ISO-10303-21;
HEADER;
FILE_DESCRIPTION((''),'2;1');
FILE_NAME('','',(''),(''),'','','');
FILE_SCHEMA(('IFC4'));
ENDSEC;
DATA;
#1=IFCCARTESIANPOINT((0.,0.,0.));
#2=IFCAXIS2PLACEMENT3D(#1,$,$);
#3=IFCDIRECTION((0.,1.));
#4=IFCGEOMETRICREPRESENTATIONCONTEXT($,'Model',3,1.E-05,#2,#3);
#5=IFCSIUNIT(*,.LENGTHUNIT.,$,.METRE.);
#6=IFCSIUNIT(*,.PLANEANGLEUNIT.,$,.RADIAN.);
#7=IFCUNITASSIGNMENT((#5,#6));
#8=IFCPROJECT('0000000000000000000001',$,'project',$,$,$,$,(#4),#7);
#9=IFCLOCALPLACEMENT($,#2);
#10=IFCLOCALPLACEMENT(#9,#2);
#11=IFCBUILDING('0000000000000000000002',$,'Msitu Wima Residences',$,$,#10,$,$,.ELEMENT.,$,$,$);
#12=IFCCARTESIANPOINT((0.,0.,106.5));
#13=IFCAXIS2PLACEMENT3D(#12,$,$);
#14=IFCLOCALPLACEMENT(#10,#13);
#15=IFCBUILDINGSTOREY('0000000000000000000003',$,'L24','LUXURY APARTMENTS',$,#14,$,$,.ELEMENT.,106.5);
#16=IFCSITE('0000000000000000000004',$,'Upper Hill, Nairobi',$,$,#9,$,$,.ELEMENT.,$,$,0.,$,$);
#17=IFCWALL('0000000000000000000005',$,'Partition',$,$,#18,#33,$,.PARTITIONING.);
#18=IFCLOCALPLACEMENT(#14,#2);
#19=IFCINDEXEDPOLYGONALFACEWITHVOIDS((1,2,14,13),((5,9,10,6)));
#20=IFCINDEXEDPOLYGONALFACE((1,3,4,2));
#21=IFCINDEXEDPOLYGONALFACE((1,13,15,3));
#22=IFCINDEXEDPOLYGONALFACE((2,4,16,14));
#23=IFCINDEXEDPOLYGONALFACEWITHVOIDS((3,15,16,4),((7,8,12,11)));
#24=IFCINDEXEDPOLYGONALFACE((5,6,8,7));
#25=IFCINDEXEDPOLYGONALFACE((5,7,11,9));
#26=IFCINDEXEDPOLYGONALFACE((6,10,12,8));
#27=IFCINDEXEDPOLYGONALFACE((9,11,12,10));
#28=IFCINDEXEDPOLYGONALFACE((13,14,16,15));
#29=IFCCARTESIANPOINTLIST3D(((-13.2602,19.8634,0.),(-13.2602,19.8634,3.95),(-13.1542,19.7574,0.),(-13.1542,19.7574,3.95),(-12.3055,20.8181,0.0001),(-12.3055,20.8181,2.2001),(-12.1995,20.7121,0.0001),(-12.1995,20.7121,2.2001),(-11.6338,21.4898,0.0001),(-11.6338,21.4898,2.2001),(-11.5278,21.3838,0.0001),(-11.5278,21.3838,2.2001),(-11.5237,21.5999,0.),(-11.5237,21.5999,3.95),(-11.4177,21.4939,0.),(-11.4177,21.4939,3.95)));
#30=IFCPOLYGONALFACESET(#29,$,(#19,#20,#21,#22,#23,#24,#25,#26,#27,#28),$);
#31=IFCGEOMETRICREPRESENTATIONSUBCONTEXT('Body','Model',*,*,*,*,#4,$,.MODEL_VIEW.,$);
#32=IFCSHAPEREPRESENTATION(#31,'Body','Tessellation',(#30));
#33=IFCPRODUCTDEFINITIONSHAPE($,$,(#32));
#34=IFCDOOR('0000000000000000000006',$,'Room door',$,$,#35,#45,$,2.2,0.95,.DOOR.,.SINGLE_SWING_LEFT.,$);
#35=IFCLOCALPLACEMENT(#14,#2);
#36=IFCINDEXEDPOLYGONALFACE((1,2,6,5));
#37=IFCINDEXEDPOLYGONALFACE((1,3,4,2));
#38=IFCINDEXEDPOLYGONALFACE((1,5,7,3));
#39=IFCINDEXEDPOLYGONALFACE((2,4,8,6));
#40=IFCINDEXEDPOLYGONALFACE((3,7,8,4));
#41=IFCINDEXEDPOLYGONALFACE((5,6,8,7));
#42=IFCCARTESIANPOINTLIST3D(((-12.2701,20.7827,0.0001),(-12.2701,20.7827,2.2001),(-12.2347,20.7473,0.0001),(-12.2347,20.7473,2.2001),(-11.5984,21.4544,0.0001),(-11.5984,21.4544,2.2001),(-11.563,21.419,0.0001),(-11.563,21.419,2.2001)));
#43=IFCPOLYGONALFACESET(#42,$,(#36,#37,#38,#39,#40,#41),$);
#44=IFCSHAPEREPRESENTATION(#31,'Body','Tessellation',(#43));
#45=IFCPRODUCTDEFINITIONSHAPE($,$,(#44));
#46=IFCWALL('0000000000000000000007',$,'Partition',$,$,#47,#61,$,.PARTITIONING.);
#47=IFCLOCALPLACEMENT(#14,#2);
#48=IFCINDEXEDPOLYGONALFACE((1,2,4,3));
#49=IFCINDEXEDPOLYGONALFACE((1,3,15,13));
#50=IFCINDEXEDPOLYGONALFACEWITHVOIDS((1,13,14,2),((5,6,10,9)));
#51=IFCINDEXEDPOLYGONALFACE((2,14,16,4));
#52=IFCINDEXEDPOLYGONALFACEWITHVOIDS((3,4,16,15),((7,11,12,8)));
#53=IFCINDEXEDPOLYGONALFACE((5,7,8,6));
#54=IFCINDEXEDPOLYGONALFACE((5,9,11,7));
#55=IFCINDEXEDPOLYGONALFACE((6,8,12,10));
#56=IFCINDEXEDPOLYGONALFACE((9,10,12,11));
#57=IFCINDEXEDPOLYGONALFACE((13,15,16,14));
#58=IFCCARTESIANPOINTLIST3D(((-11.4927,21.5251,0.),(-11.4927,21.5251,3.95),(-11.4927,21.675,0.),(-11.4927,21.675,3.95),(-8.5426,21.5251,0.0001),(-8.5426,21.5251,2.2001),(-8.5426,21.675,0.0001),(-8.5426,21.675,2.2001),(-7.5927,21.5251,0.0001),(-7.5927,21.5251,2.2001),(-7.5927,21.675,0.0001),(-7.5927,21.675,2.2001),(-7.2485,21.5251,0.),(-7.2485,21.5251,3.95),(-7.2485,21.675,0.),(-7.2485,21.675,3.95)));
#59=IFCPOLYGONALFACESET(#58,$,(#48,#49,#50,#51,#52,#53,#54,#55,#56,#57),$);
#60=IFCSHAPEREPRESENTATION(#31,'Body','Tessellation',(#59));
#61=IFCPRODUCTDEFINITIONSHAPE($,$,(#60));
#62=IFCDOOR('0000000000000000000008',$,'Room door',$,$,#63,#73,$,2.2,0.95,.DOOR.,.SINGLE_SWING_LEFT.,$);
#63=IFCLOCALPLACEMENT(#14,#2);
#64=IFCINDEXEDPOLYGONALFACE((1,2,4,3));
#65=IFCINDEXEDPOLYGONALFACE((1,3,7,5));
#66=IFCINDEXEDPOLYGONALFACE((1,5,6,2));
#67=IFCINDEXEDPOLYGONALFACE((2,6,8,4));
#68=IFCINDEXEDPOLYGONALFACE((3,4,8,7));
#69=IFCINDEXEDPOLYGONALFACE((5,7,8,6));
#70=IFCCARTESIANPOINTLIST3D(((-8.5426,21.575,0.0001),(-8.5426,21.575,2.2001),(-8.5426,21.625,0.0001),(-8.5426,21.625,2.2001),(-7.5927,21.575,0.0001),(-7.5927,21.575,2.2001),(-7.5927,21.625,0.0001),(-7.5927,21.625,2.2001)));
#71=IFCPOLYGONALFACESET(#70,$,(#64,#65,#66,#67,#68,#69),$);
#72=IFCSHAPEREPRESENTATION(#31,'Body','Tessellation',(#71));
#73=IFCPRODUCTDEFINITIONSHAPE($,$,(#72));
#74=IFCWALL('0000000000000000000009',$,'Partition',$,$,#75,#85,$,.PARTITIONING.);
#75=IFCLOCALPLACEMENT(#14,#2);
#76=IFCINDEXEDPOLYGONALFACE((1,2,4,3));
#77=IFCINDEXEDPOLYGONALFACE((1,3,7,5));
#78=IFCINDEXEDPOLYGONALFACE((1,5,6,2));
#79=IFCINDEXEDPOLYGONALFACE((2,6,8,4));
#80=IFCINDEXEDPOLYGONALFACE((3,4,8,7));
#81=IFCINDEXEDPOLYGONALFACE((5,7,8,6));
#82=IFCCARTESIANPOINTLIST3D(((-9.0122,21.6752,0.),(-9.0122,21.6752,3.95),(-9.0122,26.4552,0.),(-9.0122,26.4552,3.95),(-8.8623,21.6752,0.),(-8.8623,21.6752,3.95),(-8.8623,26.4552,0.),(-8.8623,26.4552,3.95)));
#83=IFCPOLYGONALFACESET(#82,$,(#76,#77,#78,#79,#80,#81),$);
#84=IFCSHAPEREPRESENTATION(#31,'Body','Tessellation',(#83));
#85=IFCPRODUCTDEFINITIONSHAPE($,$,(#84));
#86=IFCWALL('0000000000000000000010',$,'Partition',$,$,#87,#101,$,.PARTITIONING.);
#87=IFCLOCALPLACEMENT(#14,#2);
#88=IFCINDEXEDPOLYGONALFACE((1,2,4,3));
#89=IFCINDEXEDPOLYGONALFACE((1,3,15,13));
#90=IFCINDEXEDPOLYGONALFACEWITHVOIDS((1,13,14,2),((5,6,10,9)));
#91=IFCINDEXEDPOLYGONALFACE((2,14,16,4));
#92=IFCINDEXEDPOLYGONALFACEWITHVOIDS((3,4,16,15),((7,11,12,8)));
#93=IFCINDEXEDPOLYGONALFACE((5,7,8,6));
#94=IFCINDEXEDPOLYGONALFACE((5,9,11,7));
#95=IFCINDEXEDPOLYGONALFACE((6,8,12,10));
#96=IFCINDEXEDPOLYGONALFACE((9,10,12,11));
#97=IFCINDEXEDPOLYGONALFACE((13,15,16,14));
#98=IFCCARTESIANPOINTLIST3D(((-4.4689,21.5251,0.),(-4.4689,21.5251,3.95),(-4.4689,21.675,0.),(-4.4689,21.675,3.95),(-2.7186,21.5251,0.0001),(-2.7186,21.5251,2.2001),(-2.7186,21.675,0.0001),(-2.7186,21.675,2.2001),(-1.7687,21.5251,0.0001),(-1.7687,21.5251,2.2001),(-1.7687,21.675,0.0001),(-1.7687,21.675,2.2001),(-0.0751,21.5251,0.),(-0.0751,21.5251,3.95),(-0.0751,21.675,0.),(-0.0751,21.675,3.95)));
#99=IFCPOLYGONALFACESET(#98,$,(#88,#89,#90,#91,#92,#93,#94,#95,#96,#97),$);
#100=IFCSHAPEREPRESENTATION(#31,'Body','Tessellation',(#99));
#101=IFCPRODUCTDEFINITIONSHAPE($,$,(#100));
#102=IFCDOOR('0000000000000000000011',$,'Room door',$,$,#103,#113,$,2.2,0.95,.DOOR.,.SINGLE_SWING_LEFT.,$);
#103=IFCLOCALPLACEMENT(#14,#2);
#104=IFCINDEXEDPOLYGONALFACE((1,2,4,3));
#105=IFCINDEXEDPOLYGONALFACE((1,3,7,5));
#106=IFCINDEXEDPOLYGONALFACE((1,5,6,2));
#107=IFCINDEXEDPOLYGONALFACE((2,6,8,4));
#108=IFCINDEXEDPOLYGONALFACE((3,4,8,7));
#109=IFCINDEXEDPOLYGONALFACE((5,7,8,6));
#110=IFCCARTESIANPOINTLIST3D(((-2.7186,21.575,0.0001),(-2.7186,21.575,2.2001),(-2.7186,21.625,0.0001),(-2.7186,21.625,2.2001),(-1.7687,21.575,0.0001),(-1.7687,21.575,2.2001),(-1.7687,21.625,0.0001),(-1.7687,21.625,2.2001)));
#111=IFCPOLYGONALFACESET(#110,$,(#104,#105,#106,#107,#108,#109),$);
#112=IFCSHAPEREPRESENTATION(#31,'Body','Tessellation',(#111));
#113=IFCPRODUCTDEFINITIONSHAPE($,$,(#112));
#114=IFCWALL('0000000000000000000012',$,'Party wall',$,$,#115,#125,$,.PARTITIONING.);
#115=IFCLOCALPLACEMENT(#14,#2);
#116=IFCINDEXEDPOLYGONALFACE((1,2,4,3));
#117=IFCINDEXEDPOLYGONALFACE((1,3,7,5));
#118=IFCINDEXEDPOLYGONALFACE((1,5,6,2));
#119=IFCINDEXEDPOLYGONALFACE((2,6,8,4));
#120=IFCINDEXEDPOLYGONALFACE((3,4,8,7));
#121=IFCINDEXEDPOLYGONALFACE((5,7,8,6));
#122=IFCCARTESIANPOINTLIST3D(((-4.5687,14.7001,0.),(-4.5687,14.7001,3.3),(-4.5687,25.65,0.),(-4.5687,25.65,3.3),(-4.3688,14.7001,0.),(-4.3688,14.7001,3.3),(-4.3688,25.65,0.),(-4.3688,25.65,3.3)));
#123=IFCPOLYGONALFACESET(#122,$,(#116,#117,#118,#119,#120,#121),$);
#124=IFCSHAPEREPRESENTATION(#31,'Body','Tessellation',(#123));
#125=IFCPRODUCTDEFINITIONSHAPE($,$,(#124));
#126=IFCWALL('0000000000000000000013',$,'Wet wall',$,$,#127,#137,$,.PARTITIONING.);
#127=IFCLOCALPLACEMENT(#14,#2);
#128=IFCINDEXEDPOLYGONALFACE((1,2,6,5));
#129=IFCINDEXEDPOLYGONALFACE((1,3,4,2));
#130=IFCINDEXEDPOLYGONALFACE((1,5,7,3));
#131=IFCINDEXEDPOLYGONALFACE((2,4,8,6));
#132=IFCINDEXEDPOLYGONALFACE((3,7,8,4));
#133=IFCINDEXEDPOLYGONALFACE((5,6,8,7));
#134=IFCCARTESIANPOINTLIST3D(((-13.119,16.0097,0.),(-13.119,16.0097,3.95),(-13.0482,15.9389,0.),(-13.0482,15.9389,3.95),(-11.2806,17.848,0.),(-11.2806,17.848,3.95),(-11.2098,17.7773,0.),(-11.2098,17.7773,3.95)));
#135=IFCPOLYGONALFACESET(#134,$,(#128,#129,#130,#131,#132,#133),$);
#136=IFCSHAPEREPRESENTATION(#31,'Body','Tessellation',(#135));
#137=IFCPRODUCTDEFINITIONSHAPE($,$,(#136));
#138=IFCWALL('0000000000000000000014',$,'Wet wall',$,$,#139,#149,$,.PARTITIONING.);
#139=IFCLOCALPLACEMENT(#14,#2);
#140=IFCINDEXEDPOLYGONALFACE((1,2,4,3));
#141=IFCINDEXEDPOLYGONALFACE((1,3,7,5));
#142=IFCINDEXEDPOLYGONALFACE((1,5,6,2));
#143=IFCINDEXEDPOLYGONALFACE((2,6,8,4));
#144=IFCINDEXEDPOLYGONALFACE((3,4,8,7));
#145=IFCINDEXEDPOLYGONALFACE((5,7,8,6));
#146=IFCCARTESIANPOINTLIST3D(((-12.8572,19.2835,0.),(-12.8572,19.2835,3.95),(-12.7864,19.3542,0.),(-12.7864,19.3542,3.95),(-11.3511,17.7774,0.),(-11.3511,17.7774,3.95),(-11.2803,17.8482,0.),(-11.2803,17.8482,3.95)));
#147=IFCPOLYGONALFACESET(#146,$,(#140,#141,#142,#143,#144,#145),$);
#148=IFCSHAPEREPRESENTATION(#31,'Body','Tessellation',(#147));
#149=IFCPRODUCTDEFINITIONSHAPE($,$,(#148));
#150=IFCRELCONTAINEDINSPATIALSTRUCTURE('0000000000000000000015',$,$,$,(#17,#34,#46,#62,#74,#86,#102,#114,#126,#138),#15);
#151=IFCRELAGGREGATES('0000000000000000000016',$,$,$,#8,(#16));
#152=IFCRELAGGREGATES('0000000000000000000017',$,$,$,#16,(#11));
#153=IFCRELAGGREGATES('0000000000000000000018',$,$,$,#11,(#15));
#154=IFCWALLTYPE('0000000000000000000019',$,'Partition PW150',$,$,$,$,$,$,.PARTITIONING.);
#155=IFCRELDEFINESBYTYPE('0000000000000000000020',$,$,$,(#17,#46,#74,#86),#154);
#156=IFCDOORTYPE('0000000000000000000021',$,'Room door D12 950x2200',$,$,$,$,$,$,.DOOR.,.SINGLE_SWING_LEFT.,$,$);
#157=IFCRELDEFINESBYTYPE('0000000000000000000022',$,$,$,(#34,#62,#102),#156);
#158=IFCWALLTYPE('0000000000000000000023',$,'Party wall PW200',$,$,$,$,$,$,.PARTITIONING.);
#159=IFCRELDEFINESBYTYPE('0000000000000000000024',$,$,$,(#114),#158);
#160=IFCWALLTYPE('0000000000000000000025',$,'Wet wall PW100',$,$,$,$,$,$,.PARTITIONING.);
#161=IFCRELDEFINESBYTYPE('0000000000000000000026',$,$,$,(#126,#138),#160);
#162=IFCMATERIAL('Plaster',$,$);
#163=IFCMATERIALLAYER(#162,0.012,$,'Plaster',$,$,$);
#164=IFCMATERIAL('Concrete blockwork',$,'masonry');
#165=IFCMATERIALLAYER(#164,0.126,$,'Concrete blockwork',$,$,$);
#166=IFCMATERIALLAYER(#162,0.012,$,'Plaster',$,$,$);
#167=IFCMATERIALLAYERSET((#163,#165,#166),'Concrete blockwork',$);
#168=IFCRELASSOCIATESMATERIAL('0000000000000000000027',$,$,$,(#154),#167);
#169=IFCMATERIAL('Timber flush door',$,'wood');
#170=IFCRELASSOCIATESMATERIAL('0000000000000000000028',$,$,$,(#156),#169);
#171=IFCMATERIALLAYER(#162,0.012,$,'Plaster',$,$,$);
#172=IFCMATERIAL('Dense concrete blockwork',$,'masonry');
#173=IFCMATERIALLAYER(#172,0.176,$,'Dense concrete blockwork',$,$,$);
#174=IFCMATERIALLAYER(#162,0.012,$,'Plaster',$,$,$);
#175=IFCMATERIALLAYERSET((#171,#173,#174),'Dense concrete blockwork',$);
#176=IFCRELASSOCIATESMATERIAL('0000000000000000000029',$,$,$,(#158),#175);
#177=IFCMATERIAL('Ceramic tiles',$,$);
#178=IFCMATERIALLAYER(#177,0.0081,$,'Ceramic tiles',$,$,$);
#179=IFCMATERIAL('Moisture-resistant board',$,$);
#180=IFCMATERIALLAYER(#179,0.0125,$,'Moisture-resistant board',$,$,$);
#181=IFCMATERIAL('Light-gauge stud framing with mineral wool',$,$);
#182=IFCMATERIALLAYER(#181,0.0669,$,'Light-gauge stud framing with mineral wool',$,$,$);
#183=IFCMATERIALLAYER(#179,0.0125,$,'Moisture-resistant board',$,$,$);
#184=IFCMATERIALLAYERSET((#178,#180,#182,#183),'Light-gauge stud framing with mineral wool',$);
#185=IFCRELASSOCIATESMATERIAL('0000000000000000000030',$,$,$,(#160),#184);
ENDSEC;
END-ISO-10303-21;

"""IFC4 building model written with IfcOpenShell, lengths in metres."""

from ifc_helpers import new_model, si_unit, direction, frame, frame_2d, origin, place, context, subcontext, project, spatial, rectangle, extrude, material, layer, layer_set, type_object, element, fill, save


model = new_model("IFC4")

# Units and contexts
model_context = context("Model", 3, precision=1e-05, world=origin(), true_north=direction((0.0, 1.0)))
body_context = subcontext(model_context, "Body", "Model", "MODEL_VIEW")
ifc_project = project(units=[si_unit("LENGTHUNIT", "METRE"), si_unit("PLANEANGLEUNIT", "RADIAN")], contexts=[model_context])

# Site, building, storey
site_placement = place(None, origin())
site = spatial("IfcSite", under=ifc_project, at=site_placement, Name="Upper Hill, Nairobi", CompositionType="ELEMENT", RefElevation=0.0)
building_placement = place(site_placement, origin())
building = spatial("IfcBuilding", under=site, at=building_placement, Name="Msitu Wima Residences", CompositionType="ELEMENT")
storey_placement = place(building_placement, frame((0.0, 0.0, 106.5)))
storey = spatial("IfcBuildingStorey", under=building, at=storey_placement, Name="L24", Description="LUXURY APARTMENTS", CompositionType="ELEMENT", Elevation=106.5)

# Walls, openings, doors
ifc_material_1 = material(Name="Plaster")
ifc_layer_1 = layer(ifc_material_1, 0.012, Name="Plaster")
ifc_material_2 = material(Name="Concrete blockwork", Category="masonry")
ifc_layer_2 = layer(ifc_material_2, 0.126, Name="Concrete blockwork")
ifc_layer_3 = layer(ifc_material_1, 0.012, Name="Plaster")
ifc_layer_set_1 = layer_set([ifc_layer_1, ifc_layer_2, ifc_layer_3], Name="Concrete blockwork")
wall_type_1 = type_object("IfcWallType", Name="Partition PW150", PredefinedType="PARTITIONING", material=ifc_layer_set_1)
wall_1_placement = place(storey_placement, frame((-13.2073, 19.8103, 0.0), z_axis=(0.0, 0.0, 1.0), x_axis=(0.707107, 0.707107, 0.0)))
wall_1 = element("IfcWall", 1, at=wall_1_placement, inside=storey, type_object=wall_type_1, Name="Partition", PredefinedType="PARTITIONING", context=body_context, shape_type="SweptSolid", body=[
    extrude(rectangle(XDim=2.4558, YDim=0.1499, at=frame_2d((1.228, 0.0))), origin(), (0.0, 0.0, 1.0), 3.95),
])
opening_1_placement = place(wall_1_placement, frame((1.3501, 0.0, 0.0)))
opening_1 = element("IfcOpeningElement", 2, at=opening_1_placement, cuts=wall_1, PredefinedType="OPENING", context=body_context, shape_type="SweptSolid", body=[
    extrude(rectangle(XDim=0.95, YDim=2.2, at=frame_2d((0.4751, 1.1001))), frame((0.0, 0.085, 0.0), z_axis=(0.0, -1.0, 0.0), x_axis=(1.0, 0.0, 0.0)), (0.0, 0.0, 1.0), 0.1699),
])
ifc_material_3 = material(Name="Timber flush door", Category="wood")
door_type_1 = type_object("IfcDoorType", Name="Room door D12 950x2200", OperationType="SINGLE_SWING_LEFT", PredefinedType="DOOR", material=ifc_material_3)
door_1_placement = place(opening_1_placement, origin())
door_1 = element("IfcDoor", 3, at=door_1_placement, inside=storey, type_object=door_type_1, Name="Room door", OperationType="SINGLE_SWING_LEFT", OverallHeight=2.2, OverallWidth=0.95, PredefinedType="DOOR", context=body_context, shape_type="SweptSolid", body=[
    extrude(rectangle(XDim=0.95, YDim=2.2, at=frame_2d((0.4751, 1.1001))), frame((0.0, 0.0249, 0.0), z_axis=(0.0, -1.0, 0.0), x_axis=(1.0, 0.0, 0.0)), (0.0, 0.0, 1.0), 0.05),
])
fill(opening_1, door_1)
wall_2_placement = place(storey_placement, frame((-11.4927, 21.6001, 0.0), z_axis=(0.0, 0.0, 1.0), x_axis=(1.0, 0.0, 0.0)))
wall_2 = element("IfcWall", 4, at=wall_2_placement, inside=storey, type_object=wall_type_1, Name="Partition", PredefinedType="PARTITIONING", context=body_context, shape_type="SweptSolid", body=[
    extrude(rectangle(XDim=4.2441, YDim=0.1499, at=frame_2d((2.1221, 0.0))), origin(), (0.0, 0.0, 1.0), 3.95),
])
opening_2_placement = place(wall_2_placement, frame((2.95, 0.0, 0.0)))
opening_2 = element("IfcOpeningElement", 5, at=opening_2_placement, cuts=wall_2, PredefinedType="OPENING", context=body_context, shape_type="SweptSolid", body=[
    extrude(rectangle(XDim=0.95, YDim=2.2, at=frame_2d((0.4751, 1.1001))), frame((0.0, 0.085, 0.0), z_axis=(0.0, -1.0, 0.0), x_axis=(1.0, 0.0, 0.0)), (0.0, 0.0, 1.0), 0.1699),
])
door_2_placement = place(opening_2_placement, origin())
door_2 = element("IfcDoor", 6, at=door_2_placement, inside=storey, type_object=door_type_1, Name="Room door", OperationType="SINGLE_SWING_LEFT", OverallHeight=2.2, OverallWidth=0.95, PredefinedType="DOOR", context=body_context, shape_type="SweptSolid", body=[
    extrude(rectangle(XDim=0.95, YDim=2.2, at=frame_2d((0.4751, 1.1001))), frame((0.0, 0.0249, 0.0), z_axis=(0.0, -1.0, 0.0), x_axis=(1.0, 0.0, 0.0)), (0.0, 0.0, 1.0), 0.05),
])
fill(opening_2, door_2)

# Wall
wall_3_placement = place(storey_placement, frame((-8.9373, 21.675, 0.0), z_axis=(0.0, 0.0, 1.0), x_axis=(0.0, 1.0, 0.0)))
element("IfcWall", 7, at=wall_3_placement, inside=storey, type_object=wall_type_1, Name="Partition", PredefinedType="PARTITIONING", context=body_context, shape_type="SweptSolid", body=[
    extrude(rectangle(XDim=4.78, YDim=0.1499, at=frame_2d((2.3901, 0.0))), origin(), (0.0, 0.0, 1.0), 3.95),
])

# Wall, opening, door
wall_4_placement = place(storey_placement, frame((-4.4688, 21.6001, 0.0), z_axis=(0.0, 0.0, 1.0), x_axis=(1.0, 0.0, 0.0)))
wall_4 = element("IfcWall", 8, at=wall_4_placement, inside=storey, type_object=wall_type_1, Name="Partition", PredefinedType="PARTITIONING", context=body_context, shape_type="SweptSolid", body=[
    extrude(rectangle(XDim=4.3938, YDim=0.1499, at=frame_2d((2.1968, 0.0))), origin(), (0.0, 0.0, 1.0), 3.95),
])
opening_3_placement = place(wall_4_placement, frame((1.75, 0.0, 0.0)))
opening_3 = element("IfcOpeningElement", 9, at=opening_3_placement, cuts=wall_4, PredefinedType="OPENING", context=body_context, shape_type="SweptSolid", body=[
    extrude(rectangle(XDim=0.95, YDim=2.2, at=frame_2d((0.4751, 1.1001))), frame((0.0, 0.085, 0.0), z_axis=(0.0, -1.0, 0.0), x_axis=(1.0, 0.0, 0.0)), (0.0, 0.0, 1.0), 0.1699),
])
door_3_placement = place(opening_3_placement, origin())
door_3 = element("IfcDoor", 10, at=door_3_placement, inside=storey, type_object=door_type_1, Name="Room door", OperationType="SINGLE_SWING_LEFT", OverallHeight=2.2, OverallWidth=0.95, PredefinedType="DOOR", context=body_context, shape_type="SweptSolid", body=[
    extrude(rectangle(XDim=0.95, YDim=2.2, at=frame_2d((0.4751, 1.1001))), frame((0.0, 0.0249, 0.0), z_axis=(0.0, -1.0, 0.0), x_axis=(1.0, 0.0, 0.0)), (0.0, 0.0, 1.0), 0.05),
])
fill(opening_3, door_3)

# Walls
ifc_layer_4 = layer(ifc_material_1, 0.012, Name="Plaster")
ifc_material_4 = material(Name="Dense concrete blockwork", Category="masonry")
ifc_layer_5 = layer(ifc_material_4, 0.176, Name="Dense concrete blockwork")
ifc_layer_6 = layer(ifc_material_1, 0.012, Name="Plaster")
ifc_layer_set_2 = layer_set([ifc_layer_4, ifc_layer_5, ifc_layer_6], Name="Dense concrete blockwork")
wall_type_2 = type_object("IfcWallType", Name="Party wall PW200", PredefinedType="PARTITIONING", material=ifc_layer_set_2)
wall_5_placement = place(storey_placement, frame((-4.4688, 14.7, 0.0), z_axis=(0.0, 0.0, 1.0), x_axis=(0.0, 1.0, 0.0)))
element("IfcWall", 11, at=wall_5_placement, inside=storey, type_object=wall_type_2, Name="Party wall", PredefinedType="PARTITIONING", context=body_context, shape_type="SweptSolid", body=[
    extrude(rectangle(XDim=10.95, YDim=0.2, at=frame_2d((5.4751, 0.0))), origin(), (0.0, 0.0, 1.0), 3.3),
])
ifc_material_5 = material(Name="Ceramic tiles")
ifc_layer_7 = layer(ifc_material_5, 0.0081, Name="Ceramic tiles")
ifc_material_6 = material(Name="Moisture-resistant board")
ifc_layer_8 = layer(ifc_material_6, 0.0125, Name="Moisture-resistant board")
ifc_material_7 = material(Name="Light-gauge stud framing with mineral wool")
ifc_layer_9 = layer(ifc_material_7, 0.0669, Name="Light-gauge stud framing with mineral wool")
ifc_layer_10 = layer(ifc_material_6, 0.0125, Name="Moisture-resistant board")
ifc_layer_set_3 = layer_set([ifc_layer_7, ifc_layer_8, ifc_layer_9, ifc_layer_10], Name="Light-gauge stud framing with mineral wool")
wall_type_3 = type_object("IfcWallType", Name="Wet wall PW100", PredefinedType="PARTITIONING", material=ifc_layer_set_3)
wall_6_placement = place(storey_placement, frame((-13.0835, 15.9744, 0.0), z_axis=(0.0, 0.0, 1.0), x_axis=(0.707107, 0.707107, 0.0)))
element("IfcWall", 12, at=wall_6_placement, inside=storey, type_object=wall_type_3, Name="Wet wall", PredefinedType="PARTITIONING", context=body_context, shape_type="SweptSolid", body=[
    extrude(rectangle(XDim=2.5999, YDim=0.1001, at=frame_2d((1.2998, 0.0))), origin(), (0.0, 0.0, 1.0), 3.95),
])
wall_7_placement = place(storey_placement, frame((-12.8218, 19.3188, 0.0), z_axis=(0.0, 0.0, 1.0), x_axis=(0.707107, -0.707107, 0.0)))
element("IfcWall", 13, at=wall_7_placement, inside=storey, type_object=wall_type_3, Name="Wet wall", PredefinedType="PARTITIONING", context=body_context, shape_type="SweptSolid", body=[
    extrude(rectangle(XDim=2.1299, YDim=0.1001, at=frame_2d((1.0649, 0.0))), origin(), (0.0, 0.0, 1.0), 3.95),
])

save(model, "model.ifc")
